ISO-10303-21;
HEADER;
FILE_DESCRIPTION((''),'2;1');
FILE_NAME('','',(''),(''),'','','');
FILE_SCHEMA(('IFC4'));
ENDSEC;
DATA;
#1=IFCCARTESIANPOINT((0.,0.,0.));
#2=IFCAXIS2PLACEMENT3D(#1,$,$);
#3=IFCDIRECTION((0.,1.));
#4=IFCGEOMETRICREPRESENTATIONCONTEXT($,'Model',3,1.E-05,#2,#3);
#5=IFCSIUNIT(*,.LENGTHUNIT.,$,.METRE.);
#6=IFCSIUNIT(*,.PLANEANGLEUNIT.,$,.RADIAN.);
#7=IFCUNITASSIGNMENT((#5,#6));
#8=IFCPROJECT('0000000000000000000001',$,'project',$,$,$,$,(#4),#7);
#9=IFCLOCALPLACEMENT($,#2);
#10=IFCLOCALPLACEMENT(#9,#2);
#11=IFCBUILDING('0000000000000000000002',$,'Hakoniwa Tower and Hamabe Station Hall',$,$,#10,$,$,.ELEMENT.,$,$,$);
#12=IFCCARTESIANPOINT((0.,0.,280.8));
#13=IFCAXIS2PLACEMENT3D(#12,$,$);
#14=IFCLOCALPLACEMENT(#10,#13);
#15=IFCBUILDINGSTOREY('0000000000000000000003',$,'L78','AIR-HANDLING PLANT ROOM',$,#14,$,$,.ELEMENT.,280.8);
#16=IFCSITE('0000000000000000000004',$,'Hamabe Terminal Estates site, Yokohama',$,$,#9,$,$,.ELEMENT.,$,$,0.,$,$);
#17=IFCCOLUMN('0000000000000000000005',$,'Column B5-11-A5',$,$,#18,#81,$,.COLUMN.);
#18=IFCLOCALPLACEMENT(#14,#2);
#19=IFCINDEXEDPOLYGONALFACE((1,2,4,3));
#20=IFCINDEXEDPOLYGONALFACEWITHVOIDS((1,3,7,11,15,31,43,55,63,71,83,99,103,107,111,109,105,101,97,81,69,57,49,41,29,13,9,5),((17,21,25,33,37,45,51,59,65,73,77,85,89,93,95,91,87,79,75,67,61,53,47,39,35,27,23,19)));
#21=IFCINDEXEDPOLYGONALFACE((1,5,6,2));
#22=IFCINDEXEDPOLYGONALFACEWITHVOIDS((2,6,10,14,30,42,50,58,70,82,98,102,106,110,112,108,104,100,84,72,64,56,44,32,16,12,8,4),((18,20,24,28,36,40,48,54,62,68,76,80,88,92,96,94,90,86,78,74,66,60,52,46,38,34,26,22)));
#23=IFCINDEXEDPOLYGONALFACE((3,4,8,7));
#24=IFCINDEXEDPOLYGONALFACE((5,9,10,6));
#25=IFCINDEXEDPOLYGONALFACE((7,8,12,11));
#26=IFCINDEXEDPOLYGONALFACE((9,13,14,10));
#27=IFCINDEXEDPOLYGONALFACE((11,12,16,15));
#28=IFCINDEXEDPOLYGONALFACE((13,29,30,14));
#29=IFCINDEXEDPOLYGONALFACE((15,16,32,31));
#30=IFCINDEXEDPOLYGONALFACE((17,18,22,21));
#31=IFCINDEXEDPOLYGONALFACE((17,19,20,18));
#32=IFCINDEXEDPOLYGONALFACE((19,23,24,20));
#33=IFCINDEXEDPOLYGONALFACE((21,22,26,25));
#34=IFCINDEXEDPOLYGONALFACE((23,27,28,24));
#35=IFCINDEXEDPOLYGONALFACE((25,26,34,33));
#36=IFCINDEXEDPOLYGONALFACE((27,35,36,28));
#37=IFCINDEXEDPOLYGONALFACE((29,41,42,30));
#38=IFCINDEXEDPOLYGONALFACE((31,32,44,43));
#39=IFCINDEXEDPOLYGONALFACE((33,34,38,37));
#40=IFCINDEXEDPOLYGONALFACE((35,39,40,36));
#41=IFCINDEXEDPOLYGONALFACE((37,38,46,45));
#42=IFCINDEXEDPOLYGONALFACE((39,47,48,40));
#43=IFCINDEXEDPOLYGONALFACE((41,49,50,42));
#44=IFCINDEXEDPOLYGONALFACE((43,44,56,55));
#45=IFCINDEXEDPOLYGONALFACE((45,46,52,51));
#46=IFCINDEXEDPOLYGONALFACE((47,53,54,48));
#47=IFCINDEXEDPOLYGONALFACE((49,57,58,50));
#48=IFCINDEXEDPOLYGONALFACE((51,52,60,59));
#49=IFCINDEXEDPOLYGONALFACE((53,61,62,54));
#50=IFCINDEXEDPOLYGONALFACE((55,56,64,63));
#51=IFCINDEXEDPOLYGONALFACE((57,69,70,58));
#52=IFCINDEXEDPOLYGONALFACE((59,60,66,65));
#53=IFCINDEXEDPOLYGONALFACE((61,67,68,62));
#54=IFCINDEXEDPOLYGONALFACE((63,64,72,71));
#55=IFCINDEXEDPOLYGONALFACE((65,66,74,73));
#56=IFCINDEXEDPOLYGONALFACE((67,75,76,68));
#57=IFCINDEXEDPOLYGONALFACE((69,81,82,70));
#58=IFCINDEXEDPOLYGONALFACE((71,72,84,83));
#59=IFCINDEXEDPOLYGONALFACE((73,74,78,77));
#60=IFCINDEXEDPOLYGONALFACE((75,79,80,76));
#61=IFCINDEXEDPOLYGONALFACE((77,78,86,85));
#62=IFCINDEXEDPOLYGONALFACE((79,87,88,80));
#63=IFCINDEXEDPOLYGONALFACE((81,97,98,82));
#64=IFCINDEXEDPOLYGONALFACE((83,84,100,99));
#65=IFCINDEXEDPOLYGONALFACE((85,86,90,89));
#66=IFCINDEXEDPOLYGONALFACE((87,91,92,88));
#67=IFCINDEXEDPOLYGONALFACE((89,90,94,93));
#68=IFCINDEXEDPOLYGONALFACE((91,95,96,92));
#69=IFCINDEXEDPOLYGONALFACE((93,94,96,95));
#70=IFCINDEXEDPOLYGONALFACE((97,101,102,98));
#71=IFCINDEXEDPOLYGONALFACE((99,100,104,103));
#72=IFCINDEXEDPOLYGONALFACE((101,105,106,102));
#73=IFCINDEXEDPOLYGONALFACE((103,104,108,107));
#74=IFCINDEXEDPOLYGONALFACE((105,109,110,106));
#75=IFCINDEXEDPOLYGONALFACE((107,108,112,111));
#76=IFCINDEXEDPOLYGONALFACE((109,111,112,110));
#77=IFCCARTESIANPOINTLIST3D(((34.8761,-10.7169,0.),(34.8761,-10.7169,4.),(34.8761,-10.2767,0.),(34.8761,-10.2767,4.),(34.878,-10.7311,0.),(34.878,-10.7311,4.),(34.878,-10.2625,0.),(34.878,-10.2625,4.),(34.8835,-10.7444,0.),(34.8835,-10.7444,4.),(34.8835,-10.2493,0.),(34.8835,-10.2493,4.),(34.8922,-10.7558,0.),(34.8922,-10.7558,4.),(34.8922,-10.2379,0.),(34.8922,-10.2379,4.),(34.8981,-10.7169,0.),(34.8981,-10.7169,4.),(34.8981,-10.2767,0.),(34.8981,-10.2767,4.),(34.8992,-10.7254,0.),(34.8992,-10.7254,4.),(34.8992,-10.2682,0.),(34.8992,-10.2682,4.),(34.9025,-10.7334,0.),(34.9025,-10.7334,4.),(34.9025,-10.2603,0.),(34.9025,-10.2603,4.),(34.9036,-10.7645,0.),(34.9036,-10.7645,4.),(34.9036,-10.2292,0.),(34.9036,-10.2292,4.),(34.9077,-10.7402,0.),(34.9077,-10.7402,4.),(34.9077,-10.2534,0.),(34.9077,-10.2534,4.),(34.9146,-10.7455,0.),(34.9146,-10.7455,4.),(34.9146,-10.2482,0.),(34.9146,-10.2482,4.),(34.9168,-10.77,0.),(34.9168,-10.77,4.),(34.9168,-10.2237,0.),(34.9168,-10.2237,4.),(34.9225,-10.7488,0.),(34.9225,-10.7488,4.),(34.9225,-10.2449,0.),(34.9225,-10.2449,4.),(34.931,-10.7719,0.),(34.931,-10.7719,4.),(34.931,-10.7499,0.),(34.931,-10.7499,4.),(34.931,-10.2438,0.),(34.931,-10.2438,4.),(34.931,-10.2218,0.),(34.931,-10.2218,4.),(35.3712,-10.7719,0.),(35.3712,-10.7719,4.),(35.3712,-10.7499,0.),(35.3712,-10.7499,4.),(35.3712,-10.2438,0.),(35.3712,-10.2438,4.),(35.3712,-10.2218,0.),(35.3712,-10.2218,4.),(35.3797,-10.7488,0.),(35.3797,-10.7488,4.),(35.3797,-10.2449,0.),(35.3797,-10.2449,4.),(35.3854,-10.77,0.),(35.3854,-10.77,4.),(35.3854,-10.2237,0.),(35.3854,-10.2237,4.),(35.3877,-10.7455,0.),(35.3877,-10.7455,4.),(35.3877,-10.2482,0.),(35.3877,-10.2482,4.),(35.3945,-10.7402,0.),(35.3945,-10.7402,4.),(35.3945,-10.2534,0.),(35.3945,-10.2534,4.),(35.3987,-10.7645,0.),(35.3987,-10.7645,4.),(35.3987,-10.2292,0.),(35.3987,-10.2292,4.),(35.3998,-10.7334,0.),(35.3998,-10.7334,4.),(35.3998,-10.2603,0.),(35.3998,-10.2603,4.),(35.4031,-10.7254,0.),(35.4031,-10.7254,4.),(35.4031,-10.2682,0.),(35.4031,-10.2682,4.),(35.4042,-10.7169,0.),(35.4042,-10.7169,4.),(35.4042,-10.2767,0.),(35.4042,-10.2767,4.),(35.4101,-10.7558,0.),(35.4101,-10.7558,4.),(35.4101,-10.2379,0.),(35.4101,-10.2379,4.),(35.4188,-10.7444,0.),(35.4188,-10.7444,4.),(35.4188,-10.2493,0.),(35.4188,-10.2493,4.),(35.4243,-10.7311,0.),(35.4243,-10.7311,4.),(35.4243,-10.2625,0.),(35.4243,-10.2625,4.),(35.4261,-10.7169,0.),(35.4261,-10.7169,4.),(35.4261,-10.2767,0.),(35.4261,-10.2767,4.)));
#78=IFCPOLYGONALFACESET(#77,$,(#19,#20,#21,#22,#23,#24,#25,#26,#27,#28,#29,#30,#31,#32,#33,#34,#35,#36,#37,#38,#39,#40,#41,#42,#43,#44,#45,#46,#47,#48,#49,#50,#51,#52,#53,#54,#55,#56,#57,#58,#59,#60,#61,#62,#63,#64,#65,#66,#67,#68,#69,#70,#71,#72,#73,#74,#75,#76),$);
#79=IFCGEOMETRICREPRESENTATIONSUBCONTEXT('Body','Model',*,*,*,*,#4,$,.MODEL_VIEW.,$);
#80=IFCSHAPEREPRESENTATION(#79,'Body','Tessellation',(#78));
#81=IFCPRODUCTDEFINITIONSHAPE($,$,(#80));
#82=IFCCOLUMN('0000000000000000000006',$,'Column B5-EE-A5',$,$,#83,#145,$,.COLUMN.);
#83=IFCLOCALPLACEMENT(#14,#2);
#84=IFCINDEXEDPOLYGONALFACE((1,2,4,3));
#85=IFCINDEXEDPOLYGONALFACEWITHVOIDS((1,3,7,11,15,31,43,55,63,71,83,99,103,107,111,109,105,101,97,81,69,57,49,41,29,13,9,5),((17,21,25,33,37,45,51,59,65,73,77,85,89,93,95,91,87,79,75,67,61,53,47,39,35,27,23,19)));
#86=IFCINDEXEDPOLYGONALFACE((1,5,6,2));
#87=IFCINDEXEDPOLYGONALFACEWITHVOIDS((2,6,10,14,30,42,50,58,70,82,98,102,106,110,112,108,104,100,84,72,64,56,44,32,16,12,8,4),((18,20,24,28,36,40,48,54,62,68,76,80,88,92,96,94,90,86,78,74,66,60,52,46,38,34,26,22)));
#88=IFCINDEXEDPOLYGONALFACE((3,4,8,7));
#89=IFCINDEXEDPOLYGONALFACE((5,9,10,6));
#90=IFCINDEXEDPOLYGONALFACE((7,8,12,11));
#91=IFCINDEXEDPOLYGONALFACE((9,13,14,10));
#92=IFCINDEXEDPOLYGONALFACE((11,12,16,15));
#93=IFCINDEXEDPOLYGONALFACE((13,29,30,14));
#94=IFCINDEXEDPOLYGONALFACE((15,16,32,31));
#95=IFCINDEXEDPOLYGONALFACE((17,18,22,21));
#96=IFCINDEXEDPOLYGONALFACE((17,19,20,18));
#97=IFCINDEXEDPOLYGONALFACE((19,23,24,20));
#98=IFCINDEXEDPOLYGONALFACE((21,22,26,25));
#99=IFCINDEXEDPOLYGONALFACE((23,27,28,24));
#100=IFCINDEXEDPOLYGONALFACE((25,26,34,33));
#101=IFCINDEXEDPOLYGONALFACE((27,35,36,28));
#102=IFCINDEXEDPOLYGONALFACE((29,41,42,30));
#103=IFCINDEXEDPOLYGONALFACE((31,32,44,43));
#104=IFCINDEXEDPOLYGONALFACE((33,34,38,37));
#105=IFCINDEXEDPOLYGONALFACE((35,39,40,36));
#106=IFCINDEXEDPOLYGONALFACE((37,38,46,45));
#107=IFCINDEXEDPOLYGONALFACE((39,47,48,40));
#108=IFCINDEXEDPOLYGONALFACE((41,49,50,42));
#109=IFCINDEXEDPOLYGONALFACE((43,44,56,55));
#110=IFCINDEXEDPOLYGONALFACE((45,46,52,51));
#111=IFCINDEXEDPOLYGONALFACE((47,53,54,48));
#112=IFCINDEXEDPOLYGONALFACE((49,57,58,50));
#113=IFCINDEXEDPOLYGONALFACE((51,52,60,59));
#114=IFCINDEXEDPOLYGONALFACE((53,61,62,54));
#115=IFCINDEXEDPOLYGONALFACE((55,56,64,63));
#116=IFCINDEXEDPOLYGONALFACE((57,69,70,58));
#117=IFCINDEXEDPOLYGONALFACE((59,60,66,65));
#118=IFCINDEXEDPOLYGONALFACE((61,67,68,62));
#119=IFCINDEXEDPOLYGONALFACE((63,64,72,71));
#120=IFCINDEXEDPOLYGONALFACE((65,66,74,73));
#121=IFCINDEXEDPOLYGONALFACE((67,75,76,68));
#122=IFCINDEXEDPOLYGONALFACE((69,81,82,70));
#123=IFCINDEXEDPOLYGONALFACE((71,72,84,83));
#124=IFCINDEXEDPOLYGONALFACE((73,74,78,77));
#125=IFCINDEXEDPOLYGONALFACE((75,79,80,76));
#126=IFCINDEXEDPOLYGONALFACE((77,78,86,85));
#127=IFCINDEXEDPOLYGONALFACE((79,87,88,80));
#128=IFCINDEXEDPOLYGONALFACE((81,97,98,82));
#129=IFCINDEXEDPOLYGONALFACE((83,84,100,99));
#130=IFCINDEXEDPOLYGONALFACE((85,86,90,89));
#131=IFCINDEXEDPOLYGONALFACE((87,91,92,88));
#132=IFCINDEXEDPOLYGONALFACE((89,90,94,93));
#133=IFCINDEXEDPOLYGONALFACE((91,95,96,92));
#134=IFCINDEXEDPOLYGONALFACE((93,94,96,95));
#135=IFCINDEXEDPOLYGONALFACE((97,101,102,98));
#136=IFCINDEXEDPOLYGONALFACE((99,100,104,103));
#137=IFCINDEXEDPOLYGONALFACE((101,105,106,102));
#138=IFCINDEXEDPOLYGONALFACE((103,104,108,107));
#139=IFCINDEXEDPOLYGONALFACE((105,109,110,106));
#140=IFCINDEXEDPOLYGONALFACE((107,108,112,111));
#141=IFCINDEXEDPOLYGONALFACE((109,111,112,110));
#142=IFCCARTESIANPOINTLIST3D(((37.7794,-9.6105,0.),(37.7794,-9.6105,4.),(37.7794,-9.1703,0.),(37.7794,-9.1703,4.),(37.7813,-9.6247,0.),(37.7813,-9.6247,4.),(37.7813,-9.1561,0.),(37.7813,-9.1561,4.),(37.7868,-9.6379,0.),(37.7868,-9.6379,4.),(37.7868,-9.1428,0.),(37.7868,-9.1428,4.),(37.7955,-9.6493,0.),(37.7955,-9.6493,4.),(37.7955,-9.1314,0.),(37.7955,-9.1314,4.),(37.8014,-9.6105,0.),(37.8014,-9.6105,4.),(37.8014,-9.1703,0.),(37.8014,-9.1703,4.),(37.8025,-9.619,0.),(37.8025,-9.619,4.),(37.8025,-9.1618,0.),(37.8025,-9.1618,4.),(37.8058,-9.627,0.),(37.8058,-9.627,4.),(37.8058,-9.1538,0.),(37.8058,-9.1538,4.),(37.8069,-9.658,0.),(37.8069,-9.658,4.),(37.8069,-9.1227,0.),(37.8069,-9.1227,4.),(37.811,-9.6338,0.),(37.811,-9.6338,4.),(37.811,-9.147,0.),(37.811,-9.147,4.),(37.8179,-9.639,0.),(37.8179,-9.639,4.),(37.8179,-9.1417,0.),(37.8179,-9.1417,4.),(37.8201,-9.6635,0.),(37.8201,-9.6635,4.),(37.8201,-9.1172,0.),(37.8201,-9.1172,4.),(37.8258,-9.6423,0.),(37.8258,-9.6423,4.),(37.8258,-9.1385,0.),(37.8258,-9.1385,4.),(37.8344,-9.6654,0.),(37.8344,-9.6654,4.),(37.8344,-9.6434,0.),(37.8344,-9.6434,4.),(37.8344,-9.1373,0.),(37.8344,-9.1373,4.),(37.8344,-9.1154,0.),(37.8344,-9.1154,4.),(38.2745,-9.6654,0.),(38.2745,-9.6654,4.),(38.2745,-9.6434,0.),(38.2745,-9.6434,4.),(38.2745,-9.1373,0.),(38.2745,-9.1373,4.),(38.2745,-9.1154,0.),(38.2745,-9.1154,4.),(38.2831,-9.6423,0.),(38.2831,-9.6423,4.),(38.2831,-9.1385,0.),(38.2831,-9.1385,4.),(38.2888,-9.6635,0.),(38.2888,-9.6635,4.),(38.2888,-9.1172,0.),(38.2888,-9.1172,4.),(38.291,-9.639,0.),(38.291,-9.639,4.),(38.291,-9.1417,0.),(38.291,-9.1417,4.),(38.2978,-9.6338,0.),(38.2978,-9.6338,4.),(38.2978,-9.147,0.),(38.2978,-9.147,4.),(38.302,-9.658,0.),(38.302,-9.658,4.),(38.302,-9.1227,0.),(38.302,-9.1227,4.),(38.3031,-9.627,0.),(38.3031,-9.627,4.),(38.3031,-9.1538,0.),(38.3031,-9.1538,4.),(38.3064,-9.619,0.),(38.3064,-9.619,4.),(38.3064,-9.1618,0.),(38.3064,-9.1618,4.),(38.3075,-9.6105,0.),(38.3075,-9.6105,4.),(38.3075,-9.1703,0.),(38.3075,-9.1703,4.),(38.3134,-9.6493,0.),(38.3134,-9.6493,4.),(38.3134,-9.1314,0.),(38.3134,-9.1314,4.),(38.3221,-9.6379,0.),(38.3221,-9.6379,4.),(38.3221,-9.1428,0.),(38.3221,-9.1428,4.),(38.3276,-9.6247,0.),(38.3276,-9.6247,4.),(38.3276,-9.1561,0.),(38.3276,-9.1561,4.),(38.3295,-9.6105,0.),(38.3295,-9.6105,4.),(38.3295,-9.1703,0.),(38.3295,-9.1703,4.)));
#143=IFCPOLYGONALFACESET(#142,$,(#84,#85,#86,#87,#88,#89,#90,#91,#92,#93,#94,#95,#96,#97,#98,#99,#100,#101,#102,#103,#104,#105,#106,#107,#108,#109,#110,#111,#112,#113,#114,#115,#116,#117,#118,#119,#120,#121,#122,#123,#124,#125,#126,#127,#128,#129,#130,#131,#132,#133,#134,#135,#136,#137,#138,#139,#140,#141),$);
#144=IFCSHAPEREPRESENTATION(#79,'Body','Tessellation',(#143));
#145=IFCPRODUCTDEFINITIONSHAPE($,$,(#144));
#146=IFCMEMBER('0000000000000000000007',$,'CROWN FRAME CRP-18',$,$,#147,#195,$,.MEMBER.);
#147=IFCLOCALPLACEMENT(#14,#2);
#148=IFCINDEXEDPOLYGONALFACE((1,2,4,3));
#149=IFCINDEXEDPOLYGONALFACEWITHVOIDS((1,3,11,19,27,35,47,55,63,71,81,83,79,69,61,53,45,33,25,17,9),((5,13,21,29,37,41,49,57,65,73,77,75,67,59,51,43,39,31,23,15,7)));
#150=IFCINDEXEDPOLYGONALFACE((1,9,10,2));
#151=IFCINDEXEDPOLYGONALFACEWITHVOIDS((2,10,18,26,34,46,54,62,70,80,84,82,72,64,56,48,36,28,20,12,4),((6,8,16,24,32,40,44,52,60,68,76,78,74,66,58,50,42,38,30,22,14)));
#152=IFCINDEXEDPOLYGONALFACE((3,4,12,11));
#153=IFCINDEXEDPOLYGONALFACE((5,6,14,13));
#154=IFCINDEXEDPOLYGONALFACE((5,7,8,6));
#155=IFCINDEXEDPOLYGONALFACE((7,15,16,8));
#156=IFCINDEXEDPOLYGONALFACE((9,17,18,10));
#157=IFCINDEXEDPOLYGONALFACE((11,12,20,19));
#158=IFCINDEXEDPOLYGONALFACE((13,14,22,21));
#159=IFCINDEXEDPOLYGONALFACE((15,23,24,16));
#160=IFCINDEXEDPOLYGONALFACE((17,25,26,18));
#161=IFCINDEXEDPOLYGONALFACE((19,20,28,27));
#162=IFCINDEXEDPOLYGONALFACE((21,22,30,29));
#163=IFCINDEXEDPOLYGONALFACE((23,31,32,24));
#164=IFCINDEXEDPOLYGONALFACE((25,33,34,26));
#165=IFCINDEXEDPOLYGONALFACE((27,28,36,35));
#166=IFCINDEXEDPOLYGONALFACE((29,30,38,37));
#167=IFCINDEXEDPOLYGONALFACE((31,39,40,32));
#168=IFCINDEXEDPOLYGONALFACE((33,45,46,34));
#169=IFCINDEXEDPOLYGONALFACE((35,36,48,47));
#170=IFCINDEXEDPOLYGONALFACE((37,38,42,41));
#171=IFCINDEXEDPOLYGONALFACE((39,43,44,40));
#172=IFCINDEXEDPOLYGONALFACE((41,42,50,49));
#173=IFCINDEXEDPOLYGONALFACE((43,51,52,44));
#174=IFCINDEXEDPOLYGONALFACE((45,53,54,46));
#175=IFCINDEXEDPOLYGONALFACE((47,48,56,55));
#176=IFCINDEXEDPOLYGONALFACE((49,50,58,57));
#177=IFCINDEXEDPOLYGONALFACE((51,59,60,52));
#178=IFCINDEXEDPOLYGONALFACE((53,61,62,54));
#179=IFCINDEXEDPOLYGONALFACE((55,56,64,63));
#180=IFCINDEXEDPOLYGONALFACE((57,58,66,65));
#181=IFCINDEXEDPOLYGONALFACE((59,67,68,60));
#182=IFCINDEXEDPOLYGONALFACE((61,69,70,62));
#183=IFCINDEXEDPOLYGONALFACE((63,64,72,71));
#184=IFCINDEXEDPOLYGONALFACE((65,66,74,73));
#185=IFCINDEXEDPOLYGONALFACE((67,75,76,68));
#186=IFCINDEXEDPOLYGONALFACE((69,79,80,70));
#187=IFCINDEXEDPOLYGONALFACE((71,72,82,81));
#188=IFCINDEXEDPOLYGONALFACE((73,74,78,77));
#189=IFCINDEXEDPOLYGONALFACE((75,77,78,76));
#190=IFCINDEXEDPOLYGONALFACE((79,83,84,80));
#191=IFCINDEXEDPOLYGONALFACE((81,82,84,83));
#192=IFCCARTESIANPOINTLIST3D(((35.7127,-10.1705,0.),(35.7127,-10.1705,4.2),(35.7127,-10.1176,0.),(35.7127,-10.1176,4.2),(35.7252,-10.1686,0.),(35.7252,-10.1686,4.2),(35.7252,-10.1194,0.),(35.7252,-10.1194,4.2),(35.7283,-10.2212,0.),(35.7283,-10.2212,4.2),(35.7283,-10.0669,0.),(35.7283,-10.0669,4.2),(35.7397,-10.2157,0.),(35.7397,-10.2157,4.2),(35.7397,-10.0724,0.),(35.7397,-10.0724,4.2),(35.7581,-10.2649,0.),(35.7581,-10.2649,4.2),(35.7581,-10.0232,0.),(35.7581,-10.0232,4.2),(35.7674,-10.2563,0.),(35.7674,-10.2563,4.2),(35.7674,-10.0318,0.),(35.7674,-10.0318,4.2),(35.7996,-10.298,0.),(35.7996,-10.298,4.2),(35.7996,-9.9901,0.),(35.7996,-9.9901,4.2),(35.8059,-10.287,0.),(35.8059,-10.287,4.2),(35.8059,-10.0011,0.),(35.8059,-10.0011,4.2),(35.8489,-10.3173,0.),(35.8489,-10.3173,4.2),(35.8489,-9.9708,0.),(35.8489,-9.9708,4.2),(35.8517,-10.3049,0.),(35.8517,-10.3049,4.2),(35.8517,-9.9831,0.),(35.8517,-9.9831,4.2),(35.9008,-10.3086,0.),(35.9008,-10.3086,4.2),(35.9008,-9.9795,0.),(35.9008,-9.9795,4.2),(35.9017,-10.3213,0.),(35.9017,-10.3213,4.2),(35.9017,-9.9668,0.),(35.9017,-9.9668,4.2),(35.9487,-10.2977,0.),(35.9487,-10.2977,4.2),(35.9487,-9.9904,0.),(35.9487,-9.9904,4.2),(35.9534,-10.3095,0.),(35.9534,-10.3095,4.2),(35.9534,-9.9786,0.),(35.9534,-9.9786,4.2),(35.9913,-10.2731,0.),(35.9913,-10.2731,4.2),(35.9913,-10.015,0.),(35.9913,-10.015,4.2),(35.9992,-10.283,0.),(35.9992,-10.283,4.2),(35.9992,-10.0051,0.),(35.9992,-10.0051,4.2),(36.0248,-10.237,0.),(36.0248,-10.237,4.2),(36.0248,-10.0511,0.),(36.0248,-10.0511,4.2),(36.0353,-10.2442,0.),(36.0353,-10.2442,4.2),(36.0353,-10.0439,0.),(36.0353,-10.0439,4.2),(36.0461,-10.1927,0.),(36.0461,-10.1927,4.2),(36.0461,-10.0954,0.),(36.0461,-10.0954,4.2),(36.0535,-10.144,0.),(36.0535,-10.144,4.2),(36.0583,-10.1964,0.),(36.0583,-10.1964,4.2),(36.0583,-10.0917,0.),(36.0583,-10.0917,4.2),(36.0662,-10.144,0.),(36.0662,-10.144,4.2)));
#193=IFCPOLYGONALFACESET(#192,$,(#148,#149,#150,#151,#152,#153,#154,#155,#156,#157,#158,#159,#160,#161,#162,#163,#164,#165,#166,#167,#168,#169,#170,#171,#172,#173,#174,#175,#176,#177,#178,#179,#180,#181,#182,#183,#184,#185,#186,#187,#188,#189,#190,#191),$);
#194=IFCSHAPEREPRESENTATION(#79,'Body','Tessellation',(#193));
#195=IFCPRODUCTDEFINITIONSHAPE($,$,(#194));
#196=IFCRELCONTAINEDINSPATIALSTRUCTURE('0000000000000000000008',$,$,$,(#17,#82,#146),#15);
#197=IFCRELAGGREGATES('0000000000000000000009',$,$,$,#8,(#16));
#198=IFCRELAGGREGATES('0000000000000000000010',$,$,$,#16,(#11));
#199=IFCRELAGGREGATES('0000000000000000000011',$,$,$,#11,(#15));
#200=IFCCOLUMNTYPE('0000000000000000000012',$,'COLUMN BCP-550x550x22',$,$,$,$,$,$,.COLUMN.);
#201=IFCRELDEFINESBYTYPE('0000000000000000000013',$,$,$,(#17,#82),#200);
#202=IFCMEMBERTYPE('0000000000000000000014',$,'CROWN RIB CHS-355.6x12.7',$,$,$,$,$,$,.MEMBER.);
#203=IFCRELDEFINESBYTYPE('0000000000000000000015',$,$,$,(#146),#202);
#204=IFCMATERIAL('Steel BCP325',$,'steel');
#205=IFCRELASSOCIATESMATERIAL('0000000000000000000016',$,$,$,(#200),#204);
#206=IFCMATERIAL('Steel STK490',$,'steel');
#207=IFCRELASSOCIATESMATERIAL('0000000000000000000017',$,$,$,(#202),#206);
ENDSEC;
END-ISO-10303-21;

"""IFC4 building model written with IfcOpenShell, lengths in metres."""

from ifc_helpers import new_model, si_unit, direction, frame, origin, origin_2d, place, context, subcontext, project, spatial, hollow_rectangle, hollow_circle, extrude, material, material_profile, profile_set, type_object, element, save


model = new_model("IFC4")

# Units and contexts
model_context = context("Model", 3, precision=1e-05, world=origin(), true_north=direction((0.0, 1.0)))
body_context = subcontext(model_context, "Body", "Model", "MODEL_VIEW")
ifc_project = project(units=[si_unit("LENGTHUNIT", "METRE"), si_unit("PLANEANGLEUNIT", "RADIAN")], contexts=[model_context])

# Site, building, storey
site_placement = place(None, origin())
site = spatial("IfcSite", under=ifc_project, at=site_placement, Name="Hamabe Terminal Estates site, Yokohama", CompositionType="ELEMENT", RefElevation=0.0)
building_placement = place(site_placement, origin())
building = spatial("IfcBuilding", under=site, at=building_placement, Name="Hakoniwa Tower and Hamabe Station Hall", CompositionType="ELEMENT")
storey_placement = place(building_placement, frame((0.0, 0.0, 280.8)))
storey = spatial("IfcBuildingStorey", under=building, at=storey_placement, Name="L78", Description="AIR-HANDLING PLANT ROOM", CompositionType="ELEMENT", Elevation=280.8)

# Columns
ifc_material_1 = material(Name="Steel BCP325", Category="steel")
ifc_material_profile_1 = material_profile(ifc_material_1, hollow_rectangle(XDim=0.55, YDim=0.55, WallThickness=0.022, InnerFilletRadius=0.033, OuterFilletRadius=0.0549, at=origin_2d()), Name="BCP-550x550x22")
ifc_profile_set_1 = profile_set([ifc_material_profile_1], Name="Steel BCP325")
column_type = type_object("IfcColumnType", Name="COLUMN BCP-550x550x22", PredefinedType="COLUMN", material=ifc_profile_set_1)
for number, where, z_axis, x_axis, name in (
    (1, (35.1511, -10.4968, 0.0), (0.0, 0.0, 1.0), (1.0, 0.0, 0.0), "Column B5-11-A5"),
    (2, (38.0544, -9.3904, 0.0), (0.0, 0.0, 1.0), (1.0, 0.0, 0.0), "Column B5-EE-A5"),
):
    element("IfcColumn", number, at=place(storey_placement, frame(where, z_axis=z_axis, x_axis=x_axis)), inside=storey, type_object=column_type, Name=name, PredefinedType="COLUMN", context=body_context, shape_type="SweptSolid", body=[
        extrude(hollow_rectangle(XDim=0.55, YDim=0.55, WallThickness=0.022, InnerFilletRadius=0.033, OuterFilletRadius=0.0549, at=origin_2d()), origin(), (0.0, 0.0, 1.0), 4.0),
    ])

# Member
ifc_material_2 = material(Name="Steel STK490", Category="steel")
ifc_material_profile_2 = material_profile(ifc_material_2, hollow_circle(Radius=0.1777, WallThickness=0.0127, at=origin_2d()), Name="CHS-355.6x12.7")
ifc_profile_set_2 = profile_set([ifc_material_profile_2], Name="Steel STK490")
member_type = type_object("IfcMemberType", Name="CROWN RIB CHS-355.6x12.7", PredefinedType="MEMBER", material=ifc_profile_set_2)
for number, where, z_axis, x_axis, name in (
    (3, (35.8884, -10.144, 0.0), (0.0, 0.0, 1.0), (1.0, 0.0, 0.0), "CROWN FRAME CRP-18"),
):
    element("IfcMember", number, at=place(storey_placement, frame(where, z_axis=z_axis, x_axis=x_axis)), inside=storey, type_object=member_type, Name=name, PredefinedType="MEMBER", context=body_context, shape_type="SweptSolid", body=[
        extrude(hollow_circle(Radius=0.1777, WallThickness=0.0127, at=origin_2d()), origin(), (0.0, 0.0, 1.0), 4.2),
    ])

save(model, "model.ifc")
